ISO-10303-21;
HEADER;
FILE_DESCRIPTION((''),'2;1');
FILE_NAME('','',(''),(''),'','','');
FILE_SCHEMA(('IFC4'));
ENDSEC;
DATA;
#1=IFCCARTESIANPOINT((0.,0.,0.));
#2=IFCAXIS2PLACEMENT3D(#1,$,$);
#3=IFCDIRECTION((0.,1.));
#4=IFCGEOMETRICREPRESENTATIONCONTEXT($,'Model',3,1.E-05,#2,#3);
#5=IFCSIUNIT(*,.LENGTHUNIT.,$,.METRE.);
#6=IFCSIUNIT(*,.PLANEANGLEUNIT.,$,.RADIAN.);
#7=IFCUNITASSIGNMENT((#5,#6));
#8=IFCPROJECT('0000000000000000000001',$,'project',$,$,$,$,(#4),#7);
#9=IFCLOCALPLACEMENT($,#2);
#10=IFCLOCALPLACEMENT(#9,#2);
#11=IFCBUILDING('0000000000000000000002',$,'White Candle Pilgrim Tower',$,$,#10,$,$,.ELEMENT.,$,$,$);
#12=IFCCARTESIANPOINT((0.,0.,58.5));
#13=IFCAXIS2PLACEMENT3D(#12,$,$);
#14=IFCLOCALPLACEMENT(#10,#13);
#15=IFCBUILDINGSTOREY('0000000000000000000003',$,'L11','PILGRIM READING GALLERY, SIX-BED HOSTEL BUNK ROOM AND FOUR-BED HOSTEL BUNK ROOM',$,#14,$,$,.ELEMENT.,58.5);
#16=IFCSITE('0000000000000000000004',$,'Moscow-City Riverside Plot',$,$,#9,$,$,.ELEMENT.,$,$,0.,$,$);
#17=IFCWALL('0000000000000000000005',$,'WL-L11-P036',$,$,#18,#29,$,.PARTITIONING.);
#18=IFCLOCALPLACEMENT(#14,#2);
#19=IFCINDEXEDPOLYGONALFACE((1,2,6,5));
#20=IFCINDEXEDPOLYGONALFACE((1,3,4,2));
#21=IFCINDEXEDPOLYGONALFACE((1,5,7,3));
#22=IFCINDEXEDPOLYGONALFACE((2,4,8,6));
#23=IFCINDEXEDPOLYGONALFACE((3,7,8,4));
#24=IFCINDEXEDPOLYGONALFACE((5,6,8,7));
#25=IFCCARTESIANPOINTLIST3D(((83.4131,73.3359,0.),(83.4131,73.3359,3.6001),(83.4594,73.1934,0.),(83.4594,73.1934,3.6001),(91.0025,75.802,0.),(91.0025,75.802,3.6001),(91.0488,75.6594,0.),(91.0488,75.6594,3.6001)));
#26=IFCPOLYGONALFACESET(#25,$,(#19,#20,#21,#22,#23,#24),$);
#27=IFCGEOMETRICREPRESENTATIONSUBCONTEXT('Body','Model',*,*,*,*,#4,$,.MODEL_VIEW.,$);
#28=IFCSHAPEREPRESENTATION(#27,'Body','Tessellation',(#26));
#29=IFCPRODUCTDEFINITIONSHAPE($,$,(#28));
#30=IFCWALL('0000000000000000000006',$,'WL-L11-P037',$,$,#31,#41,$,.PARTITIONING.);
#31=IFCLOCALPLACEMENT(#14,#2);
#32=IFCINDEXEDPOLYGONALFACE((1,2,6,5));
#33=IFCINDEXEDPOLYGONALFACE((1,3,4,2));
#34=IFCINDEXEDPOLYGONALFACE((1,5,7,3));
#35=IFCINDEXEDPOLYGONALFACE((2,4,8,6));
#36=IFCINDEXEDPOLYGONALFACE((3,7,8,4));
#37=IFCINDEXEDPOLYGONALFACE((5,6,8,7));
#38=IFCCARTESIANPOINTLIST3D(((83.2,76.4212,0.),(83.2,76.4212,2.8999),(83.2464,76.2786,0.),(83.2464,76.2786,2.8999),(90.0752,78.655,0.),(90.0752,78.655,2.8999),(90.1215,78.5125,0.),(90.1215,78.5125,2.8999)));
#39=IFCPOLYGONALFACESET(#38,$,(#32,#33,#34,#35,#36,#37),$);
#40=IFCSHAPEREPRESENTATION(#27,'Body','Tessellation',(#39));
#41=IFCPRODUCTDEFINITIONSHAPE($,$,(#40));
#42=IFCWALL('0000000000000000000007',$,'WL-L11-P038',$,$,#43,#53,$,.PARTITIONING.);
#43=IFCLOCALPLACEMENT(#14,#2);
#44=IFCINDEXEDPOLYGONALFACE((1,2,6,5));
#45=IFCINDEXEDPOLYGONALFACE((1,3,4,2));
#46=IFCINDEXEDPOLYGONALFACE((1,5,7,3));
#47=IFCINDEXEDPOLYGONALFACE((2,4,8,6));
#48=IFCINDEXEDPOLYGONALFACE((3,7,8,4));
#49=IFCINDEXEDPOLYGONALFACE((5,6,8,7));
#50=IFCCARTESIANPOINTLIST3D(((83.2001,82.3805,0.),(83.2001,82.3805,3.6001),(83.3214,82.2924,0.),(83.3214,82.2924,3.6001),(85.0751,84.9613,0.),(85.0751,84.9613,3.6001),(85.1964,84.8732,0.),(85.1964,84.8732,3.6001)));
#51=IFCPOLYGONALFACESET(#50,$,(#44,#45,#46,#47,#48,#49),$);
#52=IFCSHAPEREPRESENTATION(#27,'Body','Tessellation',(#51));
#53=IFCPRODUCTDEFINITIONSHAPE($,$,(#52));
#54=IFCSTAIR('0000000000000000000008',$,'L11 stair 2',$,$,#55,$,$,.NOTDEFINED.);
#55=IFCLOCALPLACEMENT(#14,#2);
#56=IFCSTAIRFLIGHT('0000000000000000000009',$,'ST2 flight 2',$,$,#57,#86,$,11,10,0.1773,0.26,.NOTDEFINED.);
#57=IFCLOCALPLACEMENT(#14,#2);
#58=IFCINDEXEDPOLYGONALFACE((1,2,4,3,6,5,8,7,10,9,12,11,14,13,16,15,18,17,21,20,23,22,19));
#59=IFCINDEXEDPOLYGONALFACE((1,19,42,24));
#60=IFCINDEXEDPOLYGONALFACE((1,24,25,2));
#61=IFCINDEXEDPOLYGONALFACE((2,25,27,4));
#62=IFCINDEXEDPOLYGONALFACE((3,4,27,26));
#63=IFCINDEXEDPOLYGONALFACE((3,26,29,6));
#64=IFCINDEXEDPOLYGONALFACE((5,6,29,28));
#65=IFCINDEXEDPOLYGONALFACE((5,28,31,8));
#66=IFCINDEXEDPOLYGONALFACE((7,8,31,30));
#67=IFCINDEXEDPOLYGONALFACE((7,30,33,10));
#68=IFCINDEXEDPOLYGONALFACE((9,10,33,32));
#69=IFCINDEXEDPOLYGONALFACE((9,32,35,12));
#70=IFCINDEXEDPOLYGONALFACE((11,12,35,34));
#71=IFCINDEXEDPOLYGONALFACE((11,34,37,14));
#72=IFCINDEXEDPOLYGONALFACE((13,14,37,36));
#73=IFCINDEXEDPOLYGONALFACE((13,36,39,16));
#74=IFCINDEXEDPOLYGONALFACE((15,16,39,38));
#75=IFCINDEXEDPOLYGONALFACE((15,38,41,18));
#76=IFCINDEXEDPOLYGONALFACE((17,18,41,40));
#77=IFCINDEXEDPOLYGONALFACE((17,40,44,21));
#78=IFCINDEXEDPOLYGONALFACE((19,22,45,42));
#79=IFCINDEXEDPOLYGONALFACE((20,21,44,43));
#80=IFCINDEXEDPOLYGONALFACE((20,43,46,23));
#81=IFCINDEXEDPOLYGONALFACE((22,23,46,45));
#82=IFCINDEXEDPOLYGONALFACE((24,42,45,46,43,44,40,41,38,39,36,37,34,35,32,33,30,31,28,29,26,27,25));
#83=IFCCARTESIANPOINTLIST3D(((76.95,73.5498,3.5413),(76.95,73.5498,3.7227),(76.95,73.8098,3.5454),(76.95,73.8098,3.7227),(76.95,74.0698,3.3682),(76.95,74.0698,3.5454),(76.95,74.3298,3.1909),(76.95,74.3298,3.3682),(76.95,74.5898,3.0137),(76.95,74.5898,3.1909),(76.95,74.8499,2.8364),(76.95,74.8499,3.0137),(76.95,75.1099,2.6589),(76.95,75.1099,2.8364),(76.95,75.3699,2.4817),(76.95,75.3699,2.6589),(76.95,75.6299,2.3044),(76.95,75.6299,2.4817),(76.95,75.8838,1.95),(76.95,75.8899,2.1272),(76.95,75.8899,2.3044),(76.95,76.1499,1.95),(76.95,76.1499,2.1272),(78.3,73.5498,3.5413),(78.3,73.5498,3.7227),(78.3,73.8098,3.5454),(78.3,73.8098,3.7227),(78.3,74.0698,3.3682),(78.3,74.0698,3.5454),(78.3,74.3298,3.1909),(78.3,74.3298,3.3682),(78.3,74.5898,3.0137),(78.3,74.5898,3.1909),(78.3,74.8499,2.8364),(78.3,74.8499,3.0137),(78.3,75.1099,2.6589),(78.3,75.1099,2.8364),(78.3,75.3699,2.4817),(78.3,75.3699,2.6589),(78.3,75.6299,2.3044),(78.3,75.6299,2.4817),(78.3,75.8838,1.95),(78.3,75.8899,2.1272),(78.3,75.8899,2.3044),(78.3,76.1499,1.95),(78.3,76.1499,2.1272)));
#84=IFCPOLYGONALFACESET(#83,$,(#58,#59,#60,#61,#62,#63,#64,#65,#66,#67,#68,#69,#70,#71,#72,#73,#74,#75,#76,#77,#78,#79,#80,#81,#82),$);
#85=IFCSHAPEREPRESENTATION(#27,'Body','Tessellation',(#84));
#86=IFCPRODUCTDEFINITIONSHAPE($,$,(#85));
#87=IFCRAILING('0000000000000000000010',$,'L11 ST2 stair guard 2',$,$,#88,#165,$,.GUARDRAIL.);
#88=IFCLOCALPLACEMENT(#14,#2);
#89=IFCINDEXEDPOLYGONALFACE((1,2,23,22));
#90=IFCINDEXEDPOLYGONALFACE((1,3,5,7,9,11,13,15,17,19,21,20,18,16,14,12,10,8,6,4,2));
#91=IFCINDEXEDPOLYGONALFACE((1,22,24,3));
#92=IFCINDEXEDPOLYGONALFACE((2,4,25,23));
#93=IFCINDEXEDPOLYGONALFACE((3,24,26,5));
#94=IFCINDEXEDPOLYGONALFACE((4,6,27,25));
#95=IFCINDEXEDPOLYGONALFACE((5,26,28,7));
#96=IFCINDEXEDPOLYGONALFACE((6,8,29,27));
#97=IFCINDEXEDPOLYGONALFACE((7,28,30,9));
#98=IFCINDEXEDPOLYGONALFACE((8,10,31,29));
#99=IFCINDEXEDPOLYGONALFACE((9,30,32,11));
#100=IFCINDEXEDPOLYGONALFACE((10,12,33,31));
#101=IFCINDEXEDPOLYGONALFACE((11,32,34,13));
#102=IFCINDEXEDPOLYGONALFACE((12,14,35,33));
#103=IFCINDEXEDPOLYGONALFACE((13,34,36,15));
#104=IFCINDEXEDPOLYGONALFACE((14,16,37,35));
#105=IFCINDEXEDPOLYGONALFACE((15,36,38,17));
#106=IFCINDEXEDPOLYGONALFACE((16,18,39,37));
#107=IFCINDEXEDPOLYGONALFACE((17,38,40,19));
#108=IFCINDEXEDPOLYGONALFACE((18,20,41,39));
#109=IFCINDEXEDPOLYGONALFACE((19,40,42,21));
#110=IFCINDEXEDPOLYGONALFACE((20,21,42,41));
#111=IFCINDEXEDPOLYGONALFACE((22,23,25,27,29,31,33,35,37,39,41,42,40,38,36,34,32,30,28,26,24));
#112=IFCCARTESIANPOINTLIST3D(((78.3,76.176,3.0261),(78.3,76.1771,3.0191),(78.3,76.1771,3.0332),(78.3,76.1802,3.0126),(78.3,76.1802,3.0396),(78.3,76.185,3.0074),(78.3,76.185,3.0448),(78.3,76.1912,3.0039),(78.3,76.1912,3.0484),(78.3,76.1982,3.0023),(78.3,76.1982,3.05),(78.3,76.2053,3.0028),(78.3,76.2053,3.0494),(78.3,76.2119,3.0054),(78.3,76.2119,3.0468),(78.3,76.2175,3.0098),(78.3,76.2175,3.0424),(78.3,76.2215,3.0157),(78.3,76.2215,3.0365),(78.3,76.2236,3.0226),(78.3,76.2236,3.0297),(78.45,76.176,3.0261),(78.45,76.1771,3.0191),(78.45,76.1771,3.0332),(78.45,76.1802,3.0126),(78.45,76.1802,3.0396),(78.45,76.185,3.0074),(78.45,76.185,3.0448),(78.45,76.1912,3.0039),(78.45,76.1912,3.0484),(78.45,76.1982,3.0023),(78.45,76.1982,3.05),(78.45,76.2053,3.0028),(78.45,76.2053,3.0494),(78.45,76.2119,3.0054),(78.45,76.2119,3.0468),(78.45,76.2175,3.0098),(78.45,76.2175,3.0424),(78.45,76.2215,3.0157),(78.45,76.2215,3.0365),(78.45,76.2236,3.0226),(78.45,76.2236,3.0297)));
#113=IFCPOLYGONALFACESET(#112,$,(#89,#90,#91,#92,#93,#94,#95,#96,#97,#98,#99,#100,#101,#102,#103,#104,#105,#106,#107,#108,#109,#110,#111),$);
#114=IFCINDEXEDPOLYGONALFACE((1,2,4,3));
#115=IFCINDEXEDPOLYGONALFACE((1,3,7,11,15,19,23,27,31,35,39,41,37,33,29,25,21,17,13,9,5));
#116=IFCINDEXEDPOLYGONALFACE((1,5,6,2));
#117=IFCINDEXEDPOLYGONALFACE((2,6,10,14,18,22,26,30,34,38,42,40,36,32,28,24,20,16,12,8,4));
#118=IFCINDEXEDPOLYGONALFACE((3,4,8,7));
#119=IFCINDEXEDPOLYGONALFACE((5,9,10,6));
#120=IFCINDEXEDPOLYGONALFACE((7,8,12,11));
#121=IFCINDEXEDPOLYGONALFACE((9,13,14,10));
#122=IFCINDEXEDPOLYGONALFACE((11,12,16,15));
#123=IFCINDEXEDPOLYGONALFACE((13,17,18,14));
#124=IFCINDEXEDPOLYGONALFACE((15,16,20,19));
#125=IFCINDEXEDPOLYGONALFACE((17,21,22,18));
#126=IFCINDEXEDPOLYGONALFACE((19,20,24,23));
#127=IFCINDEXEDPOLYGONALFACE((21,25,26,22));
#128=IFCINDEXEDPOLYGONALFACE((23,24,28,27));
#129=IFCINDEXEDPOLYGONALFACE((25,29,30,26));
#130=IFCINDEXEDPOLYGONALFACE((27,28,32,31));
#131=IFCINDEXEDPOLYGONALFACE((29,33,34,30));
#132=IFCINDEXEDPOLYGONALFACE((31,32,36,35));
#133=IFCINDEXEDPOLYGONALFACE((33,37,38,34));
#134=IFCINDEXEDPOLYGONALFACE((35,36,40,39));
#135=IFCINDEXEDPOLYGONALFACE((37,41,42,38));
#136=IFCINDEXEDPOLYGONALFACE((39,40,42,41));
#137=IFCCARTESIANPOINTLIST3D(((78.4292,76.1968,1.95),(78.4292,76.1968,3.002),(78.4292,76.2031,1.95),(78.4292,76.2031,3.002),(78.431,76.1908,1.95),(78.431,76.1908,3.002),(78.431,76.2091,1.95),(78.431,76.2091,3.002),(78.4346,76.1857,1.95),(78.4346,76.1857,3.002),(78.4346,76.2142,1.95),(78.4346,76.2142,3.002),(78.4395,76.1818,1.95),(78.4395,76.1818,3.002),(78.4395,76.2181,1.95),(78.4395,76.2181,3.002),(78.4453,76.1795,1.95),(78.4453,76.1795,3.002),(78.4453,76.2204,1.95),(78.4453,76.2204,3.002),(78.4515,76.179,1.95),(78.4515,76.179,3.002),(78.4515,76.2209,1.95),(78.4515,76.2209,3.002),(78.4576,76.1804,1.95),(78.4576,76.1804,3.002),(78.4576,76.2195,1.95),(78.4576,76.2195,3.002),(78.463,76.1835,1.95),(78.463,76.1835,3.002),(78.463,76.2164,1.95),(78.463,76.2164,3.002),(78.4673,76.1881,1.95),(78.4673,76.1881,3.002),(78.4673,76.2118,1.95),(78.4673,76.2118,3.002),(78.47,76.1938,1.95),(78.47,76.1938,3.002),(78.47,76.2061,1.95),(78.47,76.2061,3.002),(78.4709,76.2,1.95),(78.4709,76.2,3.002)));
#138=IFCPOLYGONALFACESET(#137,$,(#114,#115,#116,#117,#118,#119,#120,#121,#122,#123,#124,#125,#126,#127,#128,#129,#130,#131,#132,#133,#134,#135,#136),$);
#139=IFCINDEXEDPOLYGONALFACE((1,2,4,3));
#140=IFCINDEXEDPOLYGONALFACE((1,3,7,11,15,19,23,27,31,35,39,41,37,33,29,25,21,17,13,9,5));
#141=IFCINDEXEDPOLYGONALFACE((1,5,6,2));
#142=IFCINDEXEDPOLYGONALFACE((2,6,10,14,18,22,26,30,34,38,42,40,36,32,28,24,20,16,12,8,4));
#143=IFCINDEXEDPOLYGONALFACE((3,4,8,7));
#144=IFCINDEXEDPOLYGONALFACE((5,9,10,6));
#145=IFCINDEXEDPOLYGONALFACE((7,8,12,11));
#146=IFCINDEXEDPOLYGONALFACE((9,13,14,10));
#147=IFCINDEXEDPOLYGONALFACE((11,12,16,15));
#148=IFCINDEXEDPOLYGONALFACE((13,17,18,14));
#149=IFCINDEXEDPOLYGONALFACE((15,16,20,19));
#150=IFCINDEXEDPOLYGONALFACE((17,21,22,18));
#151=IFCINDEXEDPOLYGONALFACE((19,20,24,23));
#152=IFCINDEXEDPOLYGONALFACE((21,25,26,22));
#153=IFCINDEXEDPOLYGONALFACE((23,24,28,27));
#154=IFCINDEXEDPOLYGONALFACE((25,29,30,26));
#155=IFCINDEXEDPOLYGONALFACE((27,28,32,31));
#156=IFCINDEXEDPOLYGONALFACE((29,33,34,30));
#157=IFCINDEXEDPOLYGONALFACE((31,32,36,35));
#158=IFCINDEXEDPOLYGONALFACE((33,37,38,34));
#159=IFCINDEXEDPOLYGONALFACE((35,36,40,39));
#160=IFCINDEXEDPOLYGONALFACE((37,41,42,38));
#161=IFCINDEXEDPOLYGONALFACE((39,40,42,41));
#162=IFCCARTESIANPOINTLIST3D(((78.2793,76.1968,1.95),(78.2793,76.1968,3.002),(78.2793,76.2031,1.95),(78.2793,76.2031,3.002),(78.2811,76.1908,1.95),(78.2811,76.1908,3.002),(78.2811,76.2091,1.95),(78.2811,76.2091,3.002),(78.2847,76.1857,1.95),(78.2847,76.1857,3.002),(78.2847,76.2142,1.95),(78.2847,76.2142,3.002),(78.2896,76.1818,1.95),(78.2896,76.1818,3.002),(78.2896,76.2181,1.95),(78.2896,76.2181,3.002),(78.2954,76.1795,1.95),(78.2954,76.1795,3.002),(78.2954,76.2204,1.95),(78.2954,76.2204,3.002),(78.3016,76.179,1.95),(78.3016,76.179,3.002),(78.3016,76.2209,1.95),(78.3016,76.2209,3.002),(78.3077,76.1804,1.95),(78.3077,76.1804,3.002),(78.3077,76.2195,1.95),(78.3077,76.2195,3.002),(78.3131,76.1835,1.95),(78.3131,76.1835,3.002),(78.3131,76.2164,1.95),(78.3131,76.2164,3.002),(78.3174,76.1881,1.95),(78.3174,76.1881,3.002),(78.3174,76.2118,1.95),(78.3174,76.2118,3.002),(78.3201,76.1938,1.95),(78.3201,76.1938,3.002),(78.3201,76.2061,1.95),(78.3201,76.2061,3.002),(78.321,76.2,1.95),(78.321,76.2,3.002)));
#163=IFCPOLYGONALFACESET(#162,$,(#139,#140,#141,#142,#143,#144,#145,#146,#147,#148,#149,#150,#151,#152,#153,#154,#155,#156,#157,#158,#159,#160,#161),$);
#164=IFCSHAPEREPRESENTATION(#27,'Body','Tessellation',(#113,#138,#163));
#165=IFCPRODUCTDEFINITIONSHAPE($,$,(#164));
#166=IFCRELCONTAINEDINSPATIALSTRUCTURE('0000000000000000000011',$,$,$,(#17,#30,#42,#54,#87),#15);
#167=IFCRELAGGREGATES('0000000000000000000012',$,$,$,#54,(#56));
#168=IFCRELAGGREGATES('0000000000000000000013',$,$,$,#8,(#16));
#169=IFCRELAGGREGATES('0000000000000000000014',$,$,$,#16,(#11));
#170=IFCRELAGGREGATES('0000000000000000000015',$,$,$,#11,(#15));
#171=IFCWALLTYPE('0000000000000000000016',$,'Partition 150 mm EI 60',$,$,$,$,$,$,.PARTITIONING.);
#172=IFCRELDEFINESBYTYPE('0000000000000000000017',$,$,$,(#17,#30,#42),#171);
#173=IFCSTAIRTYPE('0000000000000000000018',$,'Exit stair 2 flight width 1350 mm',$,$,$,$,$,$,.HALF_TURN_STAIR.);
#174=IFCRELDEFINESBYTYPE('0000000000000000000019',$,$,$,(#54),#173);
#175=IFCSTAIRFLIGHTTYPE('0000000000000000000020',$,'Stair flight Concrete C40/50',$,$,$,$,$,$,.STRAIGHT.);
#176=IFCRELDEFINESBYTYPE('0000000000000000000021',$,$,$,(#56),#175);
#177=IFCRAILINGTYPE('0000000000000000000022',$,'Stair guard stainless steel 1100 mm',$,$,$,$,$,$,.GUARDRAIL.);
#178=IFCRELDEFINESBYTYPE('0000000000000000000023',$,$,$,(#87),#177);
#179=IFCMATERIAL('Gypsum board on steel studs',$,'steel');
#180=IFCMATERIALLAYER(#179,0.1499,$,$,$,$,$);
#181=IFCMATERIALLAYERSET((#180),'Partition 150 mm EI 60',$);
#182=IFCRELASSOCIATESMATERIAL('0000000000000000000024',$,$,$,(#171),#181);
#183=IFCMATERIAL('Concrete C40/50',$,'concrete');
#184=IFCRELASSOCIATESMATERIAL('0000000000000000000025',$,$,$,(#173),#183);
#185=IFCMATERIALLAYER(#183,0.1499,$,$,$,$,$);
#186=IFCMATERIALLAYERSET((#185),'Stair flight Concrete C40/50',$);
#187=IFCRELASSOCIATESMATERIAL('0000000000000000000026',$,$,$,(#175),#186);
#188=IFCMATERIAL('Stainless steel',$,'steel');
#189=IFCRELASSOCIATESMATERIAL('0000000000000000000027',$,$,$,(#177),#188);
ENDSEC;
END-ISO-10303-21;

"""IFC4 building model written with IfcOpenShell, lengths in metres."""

from ifc_helpers import new_model, si_unit, direction, frame, frame_2d, origin, origin_2d, place, context, subcontext, project, spatial, polyline, rectangle, circle, outline, extrude, material, layer, layer_set, type_object, element, aggregate, save


model = new_model("IFC4")

# Units and contexts
model_context = context("Model", 3, precision=1e-05, world=origin(), true_north=direction((0.0, 1.0)))
body_context = subcontext(model_context, "Body", "Model", "MODEL_VIEW")
ifc_project = project(units=[si_unit("LENGTHUNIT", "METRE"), si_unit("PLANEANGLEUNIT", "RADIAN")], contexts=[model_context])

# Site, building, storey
site_placement = place(None, origin())
site = spatial("IfcSite", under=ifc_project, at=site_placement, Name="Moscow-City Riverside Plot", CompositionType="ELEMENT", RefElevation=0.0)
building_placement = place(site_placement, origin())
building = spatial("IfcBuilding", under=site, at=building_placement, Name="White Candle Pilgrim Tower", CompositionType="ELEMENT")
storey_placement = place(building_placement, frame((0.0, 0.0, 58.5)))
storey = spatial("IfcBuildingStorey", under=building, at=storey_placement, Name="L11", Description="PILGRIM READING GALLERY, SIX-BED HOSTEL BUNK ROOM AND FOUR-BED HOSTEL BUNK ROOM", CompositionType="ELEMENT", Elevation=58.5)

# Shared definitions
ifc_material_1 = material(Name="Gypsum board on steel studs", Category="steel")

# Walls
ifc_layer_1 = layer(ifc_material_1, 0.1499)
ifc_layer_set_1 = layer_set([ifc_layer_1], Name="Partition 150 mm EI 60")
wall_type_1 = type_object("IfcWallType", Name="Partition 150 mm EI 60", PredefinedType="PARTITIONING", material=ifc_layer_set_1)
wall_1_placement = place(storey_placement, frame((91.0256, 75.7307, 0.0), z_axis=(0.0, 0.0, 1.0), x_axis=(-0.951052, -0.309032, 0.0)))
element("IfcWall", 1, at=wall_1_placement, inside=storey, type_object=wall_type_1, Name="WL-L11-P036", PredefinedType="PARTITIONING", context=body_context, shape_type="SweptSolid", body=[
    extrude(rectangle(XDim=7.98, YDim=0.1499, at=frame_2d((3.99, 0.0))), origin(), (0.0, 0.0, 1.0), 3.6001),
])
wall_2_placement = place(storey_placement, frame((90.0984, 78.5837, 0.0), z_axis=(0.0, 0.0, 1.0), x_axis=(-0.951057, -0.309015, 0.0)))
element("IfcWall", 2, at=wall_2_placement, inside=storey, type_object=wall_type_1, Name="WL-L11-P037", PredefinedType="PARTITIONING", context=body_context, shape_type="SweptSolid", body=[
    extrude(rectangle(XDim=7.229, YDim=0.1499, at=frame_2d((3.6145, 0.0))), origin(), (0.0, 0.0, 1.0), 2.8999),
])
wall_3_placement = place(storey_placement, frame((85.1357, 84.9172, 0.0), z_axis=(0.0, 0.0, 1.0), x_axis=(-0.587771, -0.809027, 0.0)))
element("IfcWall", 3, at=wall_3_placement, inside=storey, type_object=wall_type_1, Name="WL-L11-P038", PredefinedType="PARTITIONING", context=body_context, shape_type="SweptSolid", body=[
    extrude(rectangle(XDim=3.1899, YDim=0.1499, at=frame_2d((1.595, 0.0))), origin(), (0.0, 0.0, 1.0), 3.6001),
])

# Stair, stair flight
ifc_material_2 = material(Name="Concrete C40/50", Category="concrete")
stair_type = type_object("IfcStairType", Name="Exit stair 2 flight width 1350 mm", PredefinedType="HALF_TURN_STAIR", material=ifc_material_2)
stair_placement = place(storey_placement, origin())
stair = element("IfcStair", 4, at=stair_placement, inside=storey, type_object=stair_type, Name="L11 stair 2", PredefinedType="NOTDEFINED")
ifc_layer_2 = layer(ifc_material_2, 0.1499)
ifc_layer_set_2 = layer_set([ifc_layer_2], Name="Stair flight Concrete C40/50")
stair_flight_type = type_object("IfcStairFlightType", Name="Stair flight Concrete C40/50", PredefinedType="STRAIGHT", material=ifc_layer_set_2)
stair_flight_placement = place(storey_placement, frame((77.625, 76.1499, 1.95), z_axis=(0.0, 0.0, 1.0), x_axis=(0.0, -1.0, 0.0)))
stair_flight = element("IfcStairFlight", 5, at=stair_flight_placement, type_object=stair_flight_type, Name="ST2 flight 2", NumberOfRisers=11, NumberOfTreads=10, PredefinedType="NOTDEFINED", RiserHeight=0.1773, TreadLength=0.26, context=body_context, shape_type="SweptSolid", body=[
    extrude(outline(polyline([(0.0, 0.0), (0.0, 0.1772), (0.26, 0.1772), (0.26, 0.3545), (0.52, 0.3545), (0.52, 0.5317), (0.78, 0.5317), (0.78, 0.709), (1.04, 0.709), (1.04, 0.8865), (1.3, 0.8865), (1.3, 1.0637), (1.5601, 1.0637), (1.5601, 1.241), (1.8201, 1.241), (1.8201, 1.4182), (2.0801, 1.4182), (2.0801, 1.5955), (2.3401, 1.5955), (2.3401, 1.7727), (2.6001, 1.7727), (2.6001, 1.95), (2.6001, 1.5913), (0.2661, 0.0), (0.0, 0.0)])), frame((0.0, 0.675, 0.0), z_axis=(0.0, -1.0, 0.0), x_axis=(1.0, 0.0, 0.0)), (0.0, 0.0, 1.0), 1.3501),
])
aggregate(stair, [stair_flight])

# Railing
ifc_material_3 = material(Name="Stainless steel", Category="steel")
railing_type = type_object("IfcRailingType", Name="Stair guard stainless steel 1100 mm", PredefinedType="GUARDRAIL", material=ifc_material_3)
railing_1_placement = place(storey_placement, frame((78.45, 76.2, 1.95)))
element("IfcRailing", 6, at=railing_1_placement, inside=storey, type_object=railing_type, Name="L11 ST2 stair guard 2", PredefinedType="GUARDRAIL", context=body_context, shape_type="SweptSolid", body=[
    extrude(circle(Radius=0.0239, at=origin_2d()), frame((0.0, 0.0, 1.0762), z_axis=(-1.0, 0.0, 0.0), x_axis=(0.0, -1.0, 0.0)), (0.0, 0.0, 1.0), 0.1499),
    extrude(circle(Radius=0.021, at=origin_2d()), origin(), (0.0, 0.0, 1.0), 1.052),
    extrude(circle(Radius=0.021, at=origin_2d()), frame((-0.1499, 0.0, 0.0)), (0.0, 0.0, 1.0), 1.052),
])

save(model, "model.ifc")
